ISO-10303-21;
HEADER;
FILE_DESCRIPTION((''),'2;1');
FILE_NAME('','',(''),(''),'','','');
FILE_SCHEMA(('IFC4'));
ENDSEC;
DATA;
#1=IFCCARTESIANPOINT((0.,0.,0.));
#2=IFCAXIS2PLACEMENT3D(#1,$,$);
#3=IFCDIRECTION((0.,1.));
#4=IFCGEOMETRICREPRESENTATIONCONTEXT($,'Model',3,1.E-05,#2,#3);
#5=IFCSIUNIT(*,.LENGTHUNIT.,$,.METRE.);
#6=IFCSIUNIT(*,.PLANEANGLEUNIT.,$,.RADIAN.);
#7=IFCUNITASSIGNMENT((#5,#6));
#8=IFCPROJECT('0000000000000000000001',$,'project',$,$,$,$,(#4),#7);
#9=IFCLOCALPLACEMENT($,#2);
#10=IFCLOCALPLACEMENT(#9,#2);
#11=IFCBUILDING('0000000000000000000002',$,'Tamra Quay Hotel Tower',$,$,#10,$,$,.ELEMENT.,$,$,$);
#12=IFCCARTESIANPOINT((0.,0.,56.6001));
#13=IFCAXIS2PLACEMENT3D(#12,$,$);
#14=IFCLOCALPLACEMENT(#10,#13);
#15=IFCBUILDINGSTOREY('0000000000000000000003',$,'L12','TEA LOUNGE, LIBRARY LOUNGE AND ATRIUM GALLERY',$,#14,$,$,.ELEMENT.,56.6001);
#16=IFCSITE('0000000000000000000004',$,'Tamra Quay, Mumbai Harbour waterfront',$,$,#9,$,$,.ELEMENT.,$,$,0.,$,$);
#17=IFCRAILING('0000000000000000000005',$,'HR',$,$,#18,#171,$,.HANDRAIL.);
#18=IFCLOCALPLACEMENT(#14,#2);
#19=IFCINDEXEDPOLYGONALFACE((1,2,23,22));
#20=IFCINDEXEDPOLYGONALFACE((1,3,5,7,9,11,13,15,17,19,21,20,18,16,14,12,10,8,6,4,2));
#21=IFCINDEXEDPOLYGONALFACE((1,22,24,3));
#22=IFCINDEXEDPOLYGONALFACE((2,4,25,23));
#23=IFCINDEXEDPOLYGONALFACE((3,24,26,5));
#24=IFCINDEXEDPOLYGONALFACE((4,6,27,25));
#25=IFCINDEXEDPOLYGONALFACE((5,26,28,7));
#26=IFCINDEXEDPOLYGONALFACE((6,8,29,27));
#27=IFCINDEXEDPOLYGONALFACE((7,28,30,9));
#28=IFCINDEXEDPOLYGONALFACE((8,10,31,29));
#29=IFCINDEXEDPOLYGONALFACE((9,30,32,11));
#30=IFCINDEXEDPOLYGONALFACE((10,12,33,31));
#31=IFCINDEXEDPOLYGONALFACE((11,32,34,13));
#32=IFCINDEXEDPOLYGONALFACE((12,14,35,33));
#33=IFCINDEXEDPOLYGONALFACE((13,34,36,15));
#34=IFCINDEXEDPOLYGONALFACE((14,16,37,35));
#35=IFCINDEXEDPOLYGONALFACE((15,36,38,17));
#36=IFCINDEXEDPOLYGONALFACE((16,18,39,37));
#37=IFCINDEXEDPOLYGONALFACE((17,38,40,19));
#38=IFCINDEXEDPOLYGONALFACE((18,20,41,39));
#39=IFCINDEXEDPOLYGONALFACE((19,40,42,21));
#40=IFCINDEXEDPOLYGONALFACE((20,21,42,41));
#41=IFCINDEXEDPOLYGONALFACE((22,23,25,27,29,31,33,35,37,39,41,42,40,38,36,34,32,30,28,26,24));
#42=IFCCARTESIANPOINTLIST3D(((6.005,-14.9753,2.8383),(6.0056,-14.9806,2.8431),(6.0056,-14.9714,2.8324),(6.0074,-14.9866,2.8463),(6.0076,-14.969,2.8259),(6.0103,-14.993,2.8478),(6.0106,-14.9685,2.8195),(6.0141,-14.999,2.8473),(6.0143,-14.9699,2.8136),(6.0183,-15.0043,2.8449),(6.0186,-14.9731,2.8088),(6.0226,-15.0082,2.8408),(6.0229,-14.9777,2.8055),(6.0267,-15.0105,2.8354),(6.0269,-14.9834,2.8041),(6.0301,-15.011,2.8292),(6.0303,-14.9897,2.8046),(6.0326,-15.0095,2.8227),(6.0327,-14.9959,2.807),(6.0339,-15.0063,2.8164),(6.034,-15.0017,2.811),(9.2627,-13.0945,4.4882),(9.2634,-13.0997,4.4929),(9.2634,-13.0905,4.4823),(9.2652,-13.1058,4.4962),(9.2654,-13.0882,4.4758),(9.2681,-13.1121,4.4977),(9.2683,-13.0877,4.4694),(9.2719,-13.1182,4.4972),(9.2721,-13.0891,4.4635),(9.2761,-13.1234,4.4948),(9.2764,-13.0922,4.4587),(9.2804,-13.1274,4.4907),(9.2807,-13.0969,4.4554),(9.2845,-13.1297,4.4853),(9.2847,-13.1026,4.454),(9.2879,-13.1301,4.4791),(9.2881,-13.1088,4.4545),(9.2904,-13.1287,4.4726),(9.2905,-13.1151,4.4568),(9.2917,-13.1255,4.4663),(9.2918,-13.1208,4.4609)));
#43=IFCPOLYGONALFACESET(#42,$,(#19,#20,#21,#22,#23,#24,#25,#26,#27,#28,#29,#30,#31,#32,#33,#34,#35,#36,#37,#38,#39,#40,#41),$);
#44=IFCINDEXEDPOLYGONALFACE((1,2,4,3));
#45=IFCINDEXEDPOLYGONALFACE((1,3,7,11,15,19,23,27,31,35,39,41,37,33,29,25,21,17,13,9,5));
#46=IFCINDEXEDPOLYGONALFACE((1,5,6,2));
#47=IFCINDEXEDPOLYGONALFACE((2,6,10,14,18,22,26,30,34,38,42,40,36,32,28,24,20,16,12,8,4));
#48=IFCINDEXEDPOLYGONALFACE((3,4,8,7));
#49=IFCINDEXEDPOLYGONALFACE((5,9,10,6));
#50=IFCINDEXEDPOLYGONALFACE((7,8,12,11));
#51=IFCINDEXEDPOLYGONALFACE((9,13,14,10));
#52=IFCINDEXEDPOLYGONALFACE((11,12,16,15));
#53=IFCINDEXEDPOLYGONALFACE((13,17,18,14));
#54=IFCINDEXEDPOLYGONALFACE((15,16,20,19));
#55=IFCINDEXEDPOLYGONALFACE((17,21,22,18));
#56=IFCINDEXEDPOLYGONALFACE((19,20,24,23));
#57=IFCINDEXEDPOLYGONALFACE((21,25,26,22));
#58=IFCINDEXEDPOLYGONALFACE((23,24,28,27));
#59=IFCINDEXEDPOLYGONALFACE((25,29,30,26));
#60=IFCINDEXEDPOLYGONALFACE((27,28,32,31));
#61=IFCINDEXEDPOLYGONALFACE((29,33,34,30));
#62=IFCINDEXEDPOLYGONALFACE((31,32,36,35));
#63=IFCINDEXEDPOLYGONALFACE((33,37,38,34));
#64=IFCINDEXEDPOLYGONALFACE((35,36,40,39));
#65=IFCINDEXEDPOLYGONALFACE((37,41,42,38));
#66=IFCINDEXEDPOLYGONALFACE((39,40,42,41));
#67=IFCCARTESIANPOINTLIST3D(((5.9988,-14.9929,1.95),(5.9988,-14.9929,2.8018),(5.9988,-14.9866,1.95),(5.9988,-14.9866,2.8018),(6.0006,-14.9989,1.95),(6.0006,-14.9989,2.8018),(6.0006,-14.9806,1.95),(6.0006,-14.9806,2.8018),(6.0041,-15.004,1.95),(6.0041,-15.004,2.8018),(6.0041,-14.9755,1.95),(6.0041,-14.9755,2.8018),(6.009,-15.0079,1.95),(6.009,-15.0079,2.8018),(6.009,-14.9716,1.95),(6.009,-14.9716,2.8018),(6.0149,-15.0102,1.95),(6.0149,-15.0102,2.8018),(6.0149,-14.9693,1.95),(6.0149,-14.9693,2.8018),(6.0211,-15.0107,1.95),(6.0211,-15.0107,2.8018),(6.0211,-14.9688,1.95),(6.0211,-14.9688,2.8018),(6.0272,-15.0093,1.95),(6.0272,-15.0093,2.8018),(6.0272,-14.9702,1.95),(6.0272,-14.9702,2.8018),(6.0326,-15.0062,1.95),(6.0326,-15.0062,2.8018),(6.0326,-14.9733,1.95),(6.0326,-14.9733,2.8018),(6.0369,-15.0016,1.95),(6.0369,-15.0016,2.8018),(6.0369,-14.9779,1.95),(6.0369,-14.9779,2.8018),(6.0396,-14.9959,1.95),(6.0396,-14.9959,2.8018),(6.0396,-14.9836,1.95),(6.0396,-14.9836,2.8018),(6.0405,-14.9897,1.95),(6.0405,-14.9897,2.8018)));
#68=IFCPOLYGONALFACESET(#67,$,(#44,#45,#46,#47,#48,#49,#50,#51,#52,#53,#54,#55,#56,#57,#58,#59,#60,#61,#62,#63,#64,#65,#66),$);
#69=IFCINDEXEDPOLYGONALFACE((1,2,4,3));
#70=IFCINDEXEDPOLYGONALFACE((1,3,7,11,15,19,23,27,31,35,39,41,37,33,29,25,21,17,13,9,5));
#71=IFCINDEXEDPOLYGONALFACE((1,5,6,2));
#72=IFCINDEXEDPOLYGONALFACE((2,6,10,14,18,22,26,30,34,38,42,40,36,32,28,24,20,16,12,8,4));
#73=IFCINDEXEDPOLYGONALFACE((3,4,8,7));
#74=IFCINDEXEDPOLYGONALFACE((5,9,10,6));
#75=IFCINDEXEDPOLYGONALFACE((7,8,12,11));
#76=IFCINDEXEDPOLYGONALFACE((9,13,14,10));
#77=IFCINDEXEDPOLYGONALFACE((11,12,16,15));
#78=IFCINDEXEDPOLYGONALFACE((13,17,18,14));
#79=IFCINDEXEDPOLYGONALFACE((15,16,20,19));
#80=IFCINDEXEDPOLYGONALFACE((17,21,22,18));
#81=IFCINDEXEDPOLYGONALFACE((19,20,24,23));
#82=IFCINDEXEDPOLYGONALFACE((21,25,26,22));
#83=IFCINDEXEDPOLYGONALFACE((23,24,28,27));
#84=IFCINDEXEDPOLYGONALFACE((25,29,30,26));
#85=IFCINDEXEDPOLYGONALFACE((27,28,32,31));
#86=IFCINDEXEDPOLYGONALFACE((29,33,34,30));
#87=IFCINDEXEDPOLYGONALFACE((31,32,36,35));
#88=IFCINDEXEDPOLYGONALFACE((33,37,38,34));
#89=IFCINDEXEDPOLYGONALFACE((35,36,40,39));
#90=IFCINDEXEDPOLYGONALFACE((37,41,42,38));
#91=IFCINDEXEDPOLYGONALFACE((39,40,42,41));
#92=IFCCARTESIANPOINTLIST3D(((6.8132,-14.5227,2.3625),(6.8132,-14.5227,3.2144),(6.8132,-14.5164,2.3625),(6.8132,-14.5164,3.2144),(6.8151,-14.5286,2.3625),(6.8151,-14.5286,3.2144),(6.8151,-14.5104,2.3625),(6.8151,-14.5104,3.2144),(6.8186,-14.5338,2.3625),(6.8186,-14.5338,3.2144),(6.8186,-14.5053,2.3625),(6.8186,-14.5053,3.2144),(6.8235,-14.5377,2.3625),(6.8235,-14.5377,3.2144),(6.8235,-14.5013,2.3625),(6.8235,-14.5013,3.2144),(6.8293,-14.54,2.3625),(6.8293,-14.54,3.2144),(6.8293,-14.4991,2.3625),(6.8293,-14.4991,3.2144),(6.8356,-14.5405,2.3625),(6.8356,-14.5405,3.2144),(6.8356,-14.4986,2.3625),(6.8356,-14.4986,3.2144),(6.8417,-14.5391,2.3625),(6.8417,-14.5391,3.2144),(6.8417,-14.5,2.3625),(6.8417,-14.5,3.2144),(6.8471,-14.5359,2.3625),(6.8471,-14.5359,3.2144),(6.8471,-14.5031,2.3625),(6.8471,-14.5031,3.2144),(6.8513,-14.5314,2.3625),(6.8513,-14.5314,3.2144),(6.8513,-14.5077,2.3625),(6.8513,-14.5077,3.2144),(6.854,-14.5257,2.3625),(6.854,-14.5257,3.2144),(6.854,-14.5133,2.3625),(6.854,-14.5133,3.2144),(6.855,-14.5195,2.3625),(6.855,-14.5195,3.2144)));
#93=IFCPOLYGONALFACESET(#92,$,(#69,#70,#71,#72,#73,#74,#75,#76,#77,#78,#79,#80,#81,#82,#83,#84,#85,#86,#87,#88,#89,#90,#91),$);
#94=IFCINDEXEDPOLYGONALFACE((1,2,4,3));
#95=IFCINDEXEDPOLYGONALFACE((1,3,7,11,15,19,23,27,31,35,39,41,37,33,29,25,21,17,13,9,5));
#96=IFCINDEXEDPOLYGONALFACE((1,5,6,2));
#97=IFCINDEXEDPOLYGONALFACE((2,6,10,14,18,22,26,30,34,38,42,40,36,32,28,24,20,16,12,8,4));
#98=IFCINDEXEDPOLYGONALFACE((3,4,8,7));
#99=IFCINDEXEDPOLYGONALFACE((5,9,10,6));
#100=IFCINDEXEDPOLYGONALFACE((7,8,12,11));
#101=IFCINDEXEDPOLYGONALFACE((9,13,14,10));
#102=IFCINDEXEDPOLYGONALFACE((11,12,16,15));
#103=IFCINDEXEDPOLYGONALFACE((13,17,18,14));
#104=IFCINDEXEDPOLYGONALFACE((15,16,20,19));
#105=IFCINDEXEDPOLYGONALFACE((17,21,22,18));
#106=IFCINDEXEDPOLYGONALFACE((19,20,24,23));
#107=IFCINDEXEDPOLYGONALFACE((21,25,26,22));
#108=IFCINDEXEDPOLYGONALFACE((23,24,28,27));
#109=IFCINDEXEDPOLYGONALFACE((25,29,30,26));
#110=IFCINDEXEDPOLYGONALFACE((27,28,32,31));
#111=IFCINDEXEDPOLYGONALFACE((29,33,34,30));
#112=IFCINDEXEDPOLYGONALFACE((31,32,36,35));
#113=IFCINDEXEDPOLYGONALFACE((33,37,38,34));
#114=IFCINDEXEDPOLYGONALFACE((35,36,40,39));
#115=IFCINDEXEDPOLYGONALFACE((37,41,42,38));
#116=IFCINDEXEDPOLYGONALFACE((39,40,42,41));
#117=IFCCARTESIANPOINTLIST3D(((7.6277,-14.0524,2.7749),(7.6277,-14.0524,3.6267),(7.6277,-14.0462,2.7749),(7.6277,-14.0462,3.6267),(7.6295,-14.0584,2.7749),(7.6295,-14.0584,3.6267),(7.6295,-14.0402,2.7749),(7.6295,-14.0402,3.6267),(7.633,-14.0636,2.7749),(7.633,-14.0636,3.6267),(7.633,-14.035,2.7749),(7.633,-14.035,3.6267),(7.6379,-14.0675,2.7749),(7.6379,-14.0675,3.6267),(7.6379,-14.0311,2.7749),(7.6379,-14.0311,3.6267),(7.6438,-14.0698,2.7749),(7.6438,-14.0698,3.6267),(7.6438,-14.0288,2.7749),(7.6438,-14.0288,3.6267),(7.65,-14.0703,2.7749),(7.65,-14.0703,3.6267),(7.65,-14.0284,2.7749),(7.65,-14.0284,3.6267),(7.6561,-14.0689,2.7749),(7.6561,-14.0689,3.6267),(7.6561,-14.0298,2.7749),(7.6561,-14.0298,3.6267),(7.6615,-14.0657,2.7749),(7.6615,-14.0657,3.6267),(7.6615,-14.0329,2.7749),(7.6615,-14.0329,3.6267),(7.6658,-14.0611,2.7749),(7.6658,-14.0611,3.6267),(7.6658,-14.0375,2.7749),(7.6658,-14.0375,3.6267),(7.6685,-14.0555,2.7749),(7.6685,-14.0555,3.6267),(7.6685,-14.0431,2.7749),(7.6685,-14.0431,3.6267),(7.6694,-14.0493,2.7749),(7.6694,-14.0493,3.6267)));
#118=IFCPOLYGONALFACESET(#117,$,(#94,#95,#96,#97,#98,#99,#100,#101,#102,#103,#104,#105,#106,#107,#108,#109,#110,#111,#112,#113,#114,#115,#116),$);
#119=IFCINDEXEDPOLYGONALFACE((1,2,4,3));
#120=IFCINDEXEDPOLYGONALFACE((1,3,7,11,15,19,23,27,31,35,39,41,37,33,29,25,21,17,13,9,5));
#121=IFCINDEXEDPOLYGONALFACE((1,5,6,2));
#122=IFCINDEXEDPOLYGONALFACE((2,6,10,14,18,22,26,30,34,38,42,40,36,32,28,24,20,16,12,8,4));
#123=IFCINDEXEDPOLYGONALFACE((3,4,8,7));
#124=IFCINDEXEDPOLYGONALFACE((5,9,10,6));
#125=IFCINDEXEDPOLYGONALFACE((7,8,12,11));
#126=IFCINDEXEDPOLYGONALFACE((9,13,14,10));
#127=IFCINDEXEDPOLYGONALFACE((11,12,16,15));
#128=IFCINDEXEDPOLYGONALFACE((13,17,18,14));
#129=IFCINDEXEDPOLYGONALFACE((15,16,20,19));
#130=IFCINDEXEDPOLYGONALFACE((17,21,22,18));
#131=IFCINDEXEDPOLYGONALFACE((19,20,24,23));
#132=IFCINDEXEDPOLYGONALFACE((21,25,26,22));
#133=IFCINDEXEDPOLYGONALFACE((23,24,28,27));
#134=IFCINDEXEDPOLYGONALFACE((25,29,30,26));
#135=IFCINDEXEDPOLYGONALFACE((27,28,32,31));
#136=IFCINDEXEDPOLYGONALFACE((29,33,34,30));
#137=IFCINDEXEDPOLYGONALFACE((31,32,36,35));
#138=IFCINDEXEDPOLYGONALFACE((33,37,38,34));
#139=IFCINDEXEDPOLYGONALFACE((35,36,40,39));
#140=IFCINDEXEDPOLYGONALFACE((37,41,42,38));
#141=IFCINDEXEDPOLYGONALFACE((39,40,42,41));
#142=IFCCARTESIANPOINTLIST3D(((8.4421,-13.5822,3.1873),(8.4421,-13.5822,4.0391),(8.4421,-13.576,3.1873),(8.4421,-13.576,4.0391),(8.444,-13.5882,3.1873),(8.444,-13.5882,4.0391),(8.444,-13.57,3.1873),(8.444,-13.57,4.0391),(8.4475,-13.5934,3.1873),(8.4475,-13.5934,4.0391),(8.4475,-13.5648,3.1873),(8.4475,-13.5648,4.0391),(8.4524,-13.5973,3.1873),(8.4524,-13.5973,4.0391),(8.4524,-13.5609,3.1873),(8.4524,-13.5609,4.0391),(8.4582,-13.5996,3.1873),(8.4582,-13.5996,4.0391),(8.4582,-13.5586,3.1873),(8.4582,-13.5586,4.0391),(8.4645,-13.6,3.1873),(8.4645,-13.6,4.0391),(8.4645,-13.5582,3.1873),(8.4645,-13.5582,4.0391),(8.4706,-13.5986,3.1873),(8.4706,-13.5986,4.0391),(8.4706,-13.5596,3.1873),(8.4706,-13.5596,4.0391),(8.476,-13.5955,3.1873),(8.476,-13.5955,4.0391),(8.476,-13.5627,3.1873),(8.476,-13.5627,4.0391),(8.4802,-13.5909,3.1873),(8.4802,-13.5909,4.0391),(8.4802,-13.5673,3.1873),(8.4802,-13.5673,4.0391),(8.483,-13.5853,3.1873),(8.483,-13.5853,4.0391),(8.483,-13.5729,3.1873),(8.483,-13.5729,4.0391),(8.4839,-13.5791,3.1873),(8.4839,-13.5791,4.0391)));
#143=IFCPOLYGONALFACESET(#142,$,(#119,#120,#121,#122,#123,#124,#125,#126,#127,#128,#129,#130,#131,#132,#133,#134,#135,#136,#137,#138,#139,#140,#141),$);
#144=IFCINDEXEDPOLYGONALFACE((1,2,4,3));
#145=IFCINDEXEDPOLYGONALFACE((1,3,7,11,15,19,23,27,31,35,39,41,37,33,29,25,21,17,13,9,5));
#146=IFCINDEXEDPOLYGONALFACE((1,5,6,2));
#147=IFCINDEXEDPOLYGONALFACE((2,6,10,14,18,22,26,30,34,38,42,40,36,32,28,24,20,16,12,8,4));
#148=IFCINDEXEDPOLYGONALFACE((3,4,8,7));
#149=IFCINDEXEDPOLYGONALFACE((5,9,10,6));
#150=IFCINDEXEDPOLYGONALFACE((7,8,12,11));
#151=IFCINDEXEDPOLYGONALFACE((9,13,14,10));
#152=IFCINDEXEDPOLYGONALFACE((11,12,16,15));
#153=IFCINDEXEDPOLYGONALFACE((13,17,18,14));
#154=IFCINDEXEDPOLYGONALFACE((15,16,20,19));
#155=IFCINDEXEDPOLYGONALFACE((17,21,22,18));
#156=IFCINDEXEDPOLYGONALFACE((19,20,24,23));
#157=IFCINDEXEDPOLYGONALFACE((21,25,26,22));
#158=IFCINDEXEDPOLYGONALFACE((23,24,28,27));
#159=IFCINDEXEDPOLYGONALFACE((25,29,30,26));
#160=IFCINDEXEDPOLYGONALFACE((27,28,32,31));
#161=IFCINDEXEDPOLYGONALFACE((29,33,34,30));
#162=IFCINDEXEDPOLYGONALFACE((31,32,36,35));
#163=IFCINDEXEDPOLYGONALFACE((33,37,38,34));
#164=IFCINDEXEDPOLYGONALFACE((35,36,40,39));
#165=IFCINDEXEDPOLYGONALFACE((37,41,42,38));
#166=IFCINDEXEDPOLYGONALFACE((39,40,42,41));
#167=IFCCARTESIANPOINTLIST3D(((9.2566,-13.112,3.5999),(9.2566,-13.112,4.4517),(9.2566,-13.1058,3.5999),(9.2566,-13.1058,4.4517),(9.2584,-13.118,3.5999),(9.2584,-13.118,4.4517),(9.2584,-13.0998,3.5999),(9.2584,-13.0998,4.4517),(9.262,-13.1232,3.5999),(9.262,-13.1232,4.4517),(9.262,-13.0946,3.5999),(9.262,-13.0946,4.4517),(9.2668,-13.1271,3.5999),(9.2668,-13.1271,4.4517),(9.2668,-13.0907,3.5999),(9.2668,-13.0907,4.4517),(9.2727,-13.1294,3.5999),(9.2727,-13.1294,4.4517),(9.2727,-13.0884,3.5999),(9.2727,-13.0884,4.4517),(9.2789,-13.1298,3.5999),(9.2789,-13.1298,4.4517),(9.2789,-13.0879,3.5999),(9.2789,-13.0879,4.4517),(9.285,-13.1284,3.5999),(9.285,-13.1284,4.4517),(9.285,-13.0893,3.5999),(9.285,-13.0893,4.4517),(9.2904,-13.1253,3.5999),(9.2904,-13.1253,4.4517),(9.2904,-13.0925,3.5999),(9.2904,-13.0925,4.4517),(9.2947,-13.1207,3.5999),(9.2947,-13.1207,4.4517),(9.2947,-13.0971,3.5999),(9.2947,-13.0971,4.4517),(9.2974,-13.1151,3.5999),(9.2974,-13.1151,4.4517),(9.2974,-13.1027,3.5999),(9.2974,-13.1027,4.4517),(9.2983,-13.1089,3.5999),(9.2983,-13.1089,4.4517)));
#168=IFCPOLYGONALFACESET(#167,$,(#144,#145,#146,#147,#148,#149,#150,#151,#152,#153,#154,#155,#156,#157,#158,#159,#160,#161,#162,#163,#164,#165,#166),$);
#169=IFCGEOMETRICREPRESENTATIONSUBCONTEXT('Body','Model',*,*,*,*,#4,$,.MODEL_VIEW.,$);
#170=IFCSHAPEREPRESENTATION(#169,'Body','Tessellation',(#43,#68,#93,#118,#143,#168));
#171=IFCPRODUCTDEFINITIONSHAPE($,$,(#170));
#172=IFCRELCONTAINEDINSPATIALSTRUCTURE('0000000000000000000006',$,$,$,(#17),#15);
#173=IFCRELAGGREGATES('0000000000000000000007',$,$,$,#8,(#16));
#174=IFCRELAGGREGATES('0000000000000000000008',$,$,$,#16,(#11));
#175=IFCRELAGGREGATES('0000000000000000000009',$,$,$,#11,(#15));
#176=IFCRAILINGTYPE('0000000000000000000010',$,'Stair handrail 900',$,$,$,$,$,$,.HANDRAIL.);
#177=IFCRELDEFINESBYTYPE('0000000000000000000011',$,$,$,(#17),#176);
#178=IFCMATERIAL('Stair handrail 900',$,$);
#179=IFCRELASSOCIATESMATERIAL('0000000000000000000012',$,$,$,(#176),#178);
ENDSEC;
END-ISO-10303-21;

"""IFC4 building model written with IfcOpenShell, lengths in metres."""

from ifc_helpers import new_model, si_unit, direction, frame, origin, origin_2d, place, context, subcontext, project, spatial, circle, extrude, material, type_object, element, save


model = new_model("IFC4")

# Units and contexts
model_context = context("Model", 3, precision=1e-05, world=origin(), true_north=direction((0.0, 1.0)))
body_context = subcontext(model_context, "Body", "Model", "MODEL_VIEW")
ifc_project = project(units=[si_unit("LENGTHUNIT", "METRE"), si_unit("PLANEANGLEUNIT", "RADIAN")], contexts=[model_context])

# Site, building, storey
site_placement = place(None, origin())
site = spatial("IfcSite", under=ifc_project, at=site_placement, Name="Tamra Quay, Mumbai Harbour waterfront", CompositionType="ELEMENT", RefElevation=0.0)
building_placement = place(site_placement, origin())
building = spatial("IfcBuilding", under=site, at=building_placement, Name="Tamra Quay Hotel Tower", CompositionType="ELEMENT")
storey_placement = place(building_placement, frame((0.0, 0.0, 56.6001)))
storey = spatial("IfcBuildingStorey", under=building, at=storey_placement, Name="L12", Description="TEA LOUNGE, LIBRARY LOUNGE AND ATRIUM GALLERY", CompositionType="ELEMENT", Elevation=56.6001)

# Railing
ifc_material_1 = material(Name="Stair handrail 900")
railing_type_1 = type_object("IfcRailingType", Name="Stair handrail 900", PredefinedType="HANDRAIL", material=ifc_material_1)
railing_1_placement = place(storey_placement, frame((6.0195, -14.9897, 1.95)))
element("IfcRailing", 1, at=railing_1_placement, inside=storey, type_object=railing_type_1, Name="HR", PredefinedType="HANDRAIL", context=body_context, shape_type="SweptSolid", body=[
    extrude(circle(Radius=0.0239, at=origin_2d()), frame((0.0, 0.0, 0.876), z_axis=(0.7931, 0.457887, 0.401661), x_axis=(-0.499992, 0.86603, 0.0)), (0.0, 0.0, 1.0), 4.1077),
    extrude(circle(Radius=0.021, at=origin_2d()), origin(), (0.0, 0.0, 1.0), 0.8518),
    extrude(circle(Radius=0.021, at=origin_2d()), frame((0.8145, 0.4702, 0.4126)), (0.0, 0.0, 1.0), 0.8518),
    extrude(circle(Radius=0.021, at=origin_2d()), frame((1.6289, 0.9404, 0.825)), (0.0, 0.0, 1.0), 0.8518),
    extrude(circle(Radius=0.021, at=origin_2d()), frame((2.4434, 1.4106, 1.2373)), (0.0, 0.0, 1.0), 0.8518),
    extrude(circle(Radius=0.021, at=origin_2d()), frame((3.2578, 1.8809, 1.6499)), (0.0, 0.0, 1.0), 0.8518),
])

save(model, "model.ifc")
